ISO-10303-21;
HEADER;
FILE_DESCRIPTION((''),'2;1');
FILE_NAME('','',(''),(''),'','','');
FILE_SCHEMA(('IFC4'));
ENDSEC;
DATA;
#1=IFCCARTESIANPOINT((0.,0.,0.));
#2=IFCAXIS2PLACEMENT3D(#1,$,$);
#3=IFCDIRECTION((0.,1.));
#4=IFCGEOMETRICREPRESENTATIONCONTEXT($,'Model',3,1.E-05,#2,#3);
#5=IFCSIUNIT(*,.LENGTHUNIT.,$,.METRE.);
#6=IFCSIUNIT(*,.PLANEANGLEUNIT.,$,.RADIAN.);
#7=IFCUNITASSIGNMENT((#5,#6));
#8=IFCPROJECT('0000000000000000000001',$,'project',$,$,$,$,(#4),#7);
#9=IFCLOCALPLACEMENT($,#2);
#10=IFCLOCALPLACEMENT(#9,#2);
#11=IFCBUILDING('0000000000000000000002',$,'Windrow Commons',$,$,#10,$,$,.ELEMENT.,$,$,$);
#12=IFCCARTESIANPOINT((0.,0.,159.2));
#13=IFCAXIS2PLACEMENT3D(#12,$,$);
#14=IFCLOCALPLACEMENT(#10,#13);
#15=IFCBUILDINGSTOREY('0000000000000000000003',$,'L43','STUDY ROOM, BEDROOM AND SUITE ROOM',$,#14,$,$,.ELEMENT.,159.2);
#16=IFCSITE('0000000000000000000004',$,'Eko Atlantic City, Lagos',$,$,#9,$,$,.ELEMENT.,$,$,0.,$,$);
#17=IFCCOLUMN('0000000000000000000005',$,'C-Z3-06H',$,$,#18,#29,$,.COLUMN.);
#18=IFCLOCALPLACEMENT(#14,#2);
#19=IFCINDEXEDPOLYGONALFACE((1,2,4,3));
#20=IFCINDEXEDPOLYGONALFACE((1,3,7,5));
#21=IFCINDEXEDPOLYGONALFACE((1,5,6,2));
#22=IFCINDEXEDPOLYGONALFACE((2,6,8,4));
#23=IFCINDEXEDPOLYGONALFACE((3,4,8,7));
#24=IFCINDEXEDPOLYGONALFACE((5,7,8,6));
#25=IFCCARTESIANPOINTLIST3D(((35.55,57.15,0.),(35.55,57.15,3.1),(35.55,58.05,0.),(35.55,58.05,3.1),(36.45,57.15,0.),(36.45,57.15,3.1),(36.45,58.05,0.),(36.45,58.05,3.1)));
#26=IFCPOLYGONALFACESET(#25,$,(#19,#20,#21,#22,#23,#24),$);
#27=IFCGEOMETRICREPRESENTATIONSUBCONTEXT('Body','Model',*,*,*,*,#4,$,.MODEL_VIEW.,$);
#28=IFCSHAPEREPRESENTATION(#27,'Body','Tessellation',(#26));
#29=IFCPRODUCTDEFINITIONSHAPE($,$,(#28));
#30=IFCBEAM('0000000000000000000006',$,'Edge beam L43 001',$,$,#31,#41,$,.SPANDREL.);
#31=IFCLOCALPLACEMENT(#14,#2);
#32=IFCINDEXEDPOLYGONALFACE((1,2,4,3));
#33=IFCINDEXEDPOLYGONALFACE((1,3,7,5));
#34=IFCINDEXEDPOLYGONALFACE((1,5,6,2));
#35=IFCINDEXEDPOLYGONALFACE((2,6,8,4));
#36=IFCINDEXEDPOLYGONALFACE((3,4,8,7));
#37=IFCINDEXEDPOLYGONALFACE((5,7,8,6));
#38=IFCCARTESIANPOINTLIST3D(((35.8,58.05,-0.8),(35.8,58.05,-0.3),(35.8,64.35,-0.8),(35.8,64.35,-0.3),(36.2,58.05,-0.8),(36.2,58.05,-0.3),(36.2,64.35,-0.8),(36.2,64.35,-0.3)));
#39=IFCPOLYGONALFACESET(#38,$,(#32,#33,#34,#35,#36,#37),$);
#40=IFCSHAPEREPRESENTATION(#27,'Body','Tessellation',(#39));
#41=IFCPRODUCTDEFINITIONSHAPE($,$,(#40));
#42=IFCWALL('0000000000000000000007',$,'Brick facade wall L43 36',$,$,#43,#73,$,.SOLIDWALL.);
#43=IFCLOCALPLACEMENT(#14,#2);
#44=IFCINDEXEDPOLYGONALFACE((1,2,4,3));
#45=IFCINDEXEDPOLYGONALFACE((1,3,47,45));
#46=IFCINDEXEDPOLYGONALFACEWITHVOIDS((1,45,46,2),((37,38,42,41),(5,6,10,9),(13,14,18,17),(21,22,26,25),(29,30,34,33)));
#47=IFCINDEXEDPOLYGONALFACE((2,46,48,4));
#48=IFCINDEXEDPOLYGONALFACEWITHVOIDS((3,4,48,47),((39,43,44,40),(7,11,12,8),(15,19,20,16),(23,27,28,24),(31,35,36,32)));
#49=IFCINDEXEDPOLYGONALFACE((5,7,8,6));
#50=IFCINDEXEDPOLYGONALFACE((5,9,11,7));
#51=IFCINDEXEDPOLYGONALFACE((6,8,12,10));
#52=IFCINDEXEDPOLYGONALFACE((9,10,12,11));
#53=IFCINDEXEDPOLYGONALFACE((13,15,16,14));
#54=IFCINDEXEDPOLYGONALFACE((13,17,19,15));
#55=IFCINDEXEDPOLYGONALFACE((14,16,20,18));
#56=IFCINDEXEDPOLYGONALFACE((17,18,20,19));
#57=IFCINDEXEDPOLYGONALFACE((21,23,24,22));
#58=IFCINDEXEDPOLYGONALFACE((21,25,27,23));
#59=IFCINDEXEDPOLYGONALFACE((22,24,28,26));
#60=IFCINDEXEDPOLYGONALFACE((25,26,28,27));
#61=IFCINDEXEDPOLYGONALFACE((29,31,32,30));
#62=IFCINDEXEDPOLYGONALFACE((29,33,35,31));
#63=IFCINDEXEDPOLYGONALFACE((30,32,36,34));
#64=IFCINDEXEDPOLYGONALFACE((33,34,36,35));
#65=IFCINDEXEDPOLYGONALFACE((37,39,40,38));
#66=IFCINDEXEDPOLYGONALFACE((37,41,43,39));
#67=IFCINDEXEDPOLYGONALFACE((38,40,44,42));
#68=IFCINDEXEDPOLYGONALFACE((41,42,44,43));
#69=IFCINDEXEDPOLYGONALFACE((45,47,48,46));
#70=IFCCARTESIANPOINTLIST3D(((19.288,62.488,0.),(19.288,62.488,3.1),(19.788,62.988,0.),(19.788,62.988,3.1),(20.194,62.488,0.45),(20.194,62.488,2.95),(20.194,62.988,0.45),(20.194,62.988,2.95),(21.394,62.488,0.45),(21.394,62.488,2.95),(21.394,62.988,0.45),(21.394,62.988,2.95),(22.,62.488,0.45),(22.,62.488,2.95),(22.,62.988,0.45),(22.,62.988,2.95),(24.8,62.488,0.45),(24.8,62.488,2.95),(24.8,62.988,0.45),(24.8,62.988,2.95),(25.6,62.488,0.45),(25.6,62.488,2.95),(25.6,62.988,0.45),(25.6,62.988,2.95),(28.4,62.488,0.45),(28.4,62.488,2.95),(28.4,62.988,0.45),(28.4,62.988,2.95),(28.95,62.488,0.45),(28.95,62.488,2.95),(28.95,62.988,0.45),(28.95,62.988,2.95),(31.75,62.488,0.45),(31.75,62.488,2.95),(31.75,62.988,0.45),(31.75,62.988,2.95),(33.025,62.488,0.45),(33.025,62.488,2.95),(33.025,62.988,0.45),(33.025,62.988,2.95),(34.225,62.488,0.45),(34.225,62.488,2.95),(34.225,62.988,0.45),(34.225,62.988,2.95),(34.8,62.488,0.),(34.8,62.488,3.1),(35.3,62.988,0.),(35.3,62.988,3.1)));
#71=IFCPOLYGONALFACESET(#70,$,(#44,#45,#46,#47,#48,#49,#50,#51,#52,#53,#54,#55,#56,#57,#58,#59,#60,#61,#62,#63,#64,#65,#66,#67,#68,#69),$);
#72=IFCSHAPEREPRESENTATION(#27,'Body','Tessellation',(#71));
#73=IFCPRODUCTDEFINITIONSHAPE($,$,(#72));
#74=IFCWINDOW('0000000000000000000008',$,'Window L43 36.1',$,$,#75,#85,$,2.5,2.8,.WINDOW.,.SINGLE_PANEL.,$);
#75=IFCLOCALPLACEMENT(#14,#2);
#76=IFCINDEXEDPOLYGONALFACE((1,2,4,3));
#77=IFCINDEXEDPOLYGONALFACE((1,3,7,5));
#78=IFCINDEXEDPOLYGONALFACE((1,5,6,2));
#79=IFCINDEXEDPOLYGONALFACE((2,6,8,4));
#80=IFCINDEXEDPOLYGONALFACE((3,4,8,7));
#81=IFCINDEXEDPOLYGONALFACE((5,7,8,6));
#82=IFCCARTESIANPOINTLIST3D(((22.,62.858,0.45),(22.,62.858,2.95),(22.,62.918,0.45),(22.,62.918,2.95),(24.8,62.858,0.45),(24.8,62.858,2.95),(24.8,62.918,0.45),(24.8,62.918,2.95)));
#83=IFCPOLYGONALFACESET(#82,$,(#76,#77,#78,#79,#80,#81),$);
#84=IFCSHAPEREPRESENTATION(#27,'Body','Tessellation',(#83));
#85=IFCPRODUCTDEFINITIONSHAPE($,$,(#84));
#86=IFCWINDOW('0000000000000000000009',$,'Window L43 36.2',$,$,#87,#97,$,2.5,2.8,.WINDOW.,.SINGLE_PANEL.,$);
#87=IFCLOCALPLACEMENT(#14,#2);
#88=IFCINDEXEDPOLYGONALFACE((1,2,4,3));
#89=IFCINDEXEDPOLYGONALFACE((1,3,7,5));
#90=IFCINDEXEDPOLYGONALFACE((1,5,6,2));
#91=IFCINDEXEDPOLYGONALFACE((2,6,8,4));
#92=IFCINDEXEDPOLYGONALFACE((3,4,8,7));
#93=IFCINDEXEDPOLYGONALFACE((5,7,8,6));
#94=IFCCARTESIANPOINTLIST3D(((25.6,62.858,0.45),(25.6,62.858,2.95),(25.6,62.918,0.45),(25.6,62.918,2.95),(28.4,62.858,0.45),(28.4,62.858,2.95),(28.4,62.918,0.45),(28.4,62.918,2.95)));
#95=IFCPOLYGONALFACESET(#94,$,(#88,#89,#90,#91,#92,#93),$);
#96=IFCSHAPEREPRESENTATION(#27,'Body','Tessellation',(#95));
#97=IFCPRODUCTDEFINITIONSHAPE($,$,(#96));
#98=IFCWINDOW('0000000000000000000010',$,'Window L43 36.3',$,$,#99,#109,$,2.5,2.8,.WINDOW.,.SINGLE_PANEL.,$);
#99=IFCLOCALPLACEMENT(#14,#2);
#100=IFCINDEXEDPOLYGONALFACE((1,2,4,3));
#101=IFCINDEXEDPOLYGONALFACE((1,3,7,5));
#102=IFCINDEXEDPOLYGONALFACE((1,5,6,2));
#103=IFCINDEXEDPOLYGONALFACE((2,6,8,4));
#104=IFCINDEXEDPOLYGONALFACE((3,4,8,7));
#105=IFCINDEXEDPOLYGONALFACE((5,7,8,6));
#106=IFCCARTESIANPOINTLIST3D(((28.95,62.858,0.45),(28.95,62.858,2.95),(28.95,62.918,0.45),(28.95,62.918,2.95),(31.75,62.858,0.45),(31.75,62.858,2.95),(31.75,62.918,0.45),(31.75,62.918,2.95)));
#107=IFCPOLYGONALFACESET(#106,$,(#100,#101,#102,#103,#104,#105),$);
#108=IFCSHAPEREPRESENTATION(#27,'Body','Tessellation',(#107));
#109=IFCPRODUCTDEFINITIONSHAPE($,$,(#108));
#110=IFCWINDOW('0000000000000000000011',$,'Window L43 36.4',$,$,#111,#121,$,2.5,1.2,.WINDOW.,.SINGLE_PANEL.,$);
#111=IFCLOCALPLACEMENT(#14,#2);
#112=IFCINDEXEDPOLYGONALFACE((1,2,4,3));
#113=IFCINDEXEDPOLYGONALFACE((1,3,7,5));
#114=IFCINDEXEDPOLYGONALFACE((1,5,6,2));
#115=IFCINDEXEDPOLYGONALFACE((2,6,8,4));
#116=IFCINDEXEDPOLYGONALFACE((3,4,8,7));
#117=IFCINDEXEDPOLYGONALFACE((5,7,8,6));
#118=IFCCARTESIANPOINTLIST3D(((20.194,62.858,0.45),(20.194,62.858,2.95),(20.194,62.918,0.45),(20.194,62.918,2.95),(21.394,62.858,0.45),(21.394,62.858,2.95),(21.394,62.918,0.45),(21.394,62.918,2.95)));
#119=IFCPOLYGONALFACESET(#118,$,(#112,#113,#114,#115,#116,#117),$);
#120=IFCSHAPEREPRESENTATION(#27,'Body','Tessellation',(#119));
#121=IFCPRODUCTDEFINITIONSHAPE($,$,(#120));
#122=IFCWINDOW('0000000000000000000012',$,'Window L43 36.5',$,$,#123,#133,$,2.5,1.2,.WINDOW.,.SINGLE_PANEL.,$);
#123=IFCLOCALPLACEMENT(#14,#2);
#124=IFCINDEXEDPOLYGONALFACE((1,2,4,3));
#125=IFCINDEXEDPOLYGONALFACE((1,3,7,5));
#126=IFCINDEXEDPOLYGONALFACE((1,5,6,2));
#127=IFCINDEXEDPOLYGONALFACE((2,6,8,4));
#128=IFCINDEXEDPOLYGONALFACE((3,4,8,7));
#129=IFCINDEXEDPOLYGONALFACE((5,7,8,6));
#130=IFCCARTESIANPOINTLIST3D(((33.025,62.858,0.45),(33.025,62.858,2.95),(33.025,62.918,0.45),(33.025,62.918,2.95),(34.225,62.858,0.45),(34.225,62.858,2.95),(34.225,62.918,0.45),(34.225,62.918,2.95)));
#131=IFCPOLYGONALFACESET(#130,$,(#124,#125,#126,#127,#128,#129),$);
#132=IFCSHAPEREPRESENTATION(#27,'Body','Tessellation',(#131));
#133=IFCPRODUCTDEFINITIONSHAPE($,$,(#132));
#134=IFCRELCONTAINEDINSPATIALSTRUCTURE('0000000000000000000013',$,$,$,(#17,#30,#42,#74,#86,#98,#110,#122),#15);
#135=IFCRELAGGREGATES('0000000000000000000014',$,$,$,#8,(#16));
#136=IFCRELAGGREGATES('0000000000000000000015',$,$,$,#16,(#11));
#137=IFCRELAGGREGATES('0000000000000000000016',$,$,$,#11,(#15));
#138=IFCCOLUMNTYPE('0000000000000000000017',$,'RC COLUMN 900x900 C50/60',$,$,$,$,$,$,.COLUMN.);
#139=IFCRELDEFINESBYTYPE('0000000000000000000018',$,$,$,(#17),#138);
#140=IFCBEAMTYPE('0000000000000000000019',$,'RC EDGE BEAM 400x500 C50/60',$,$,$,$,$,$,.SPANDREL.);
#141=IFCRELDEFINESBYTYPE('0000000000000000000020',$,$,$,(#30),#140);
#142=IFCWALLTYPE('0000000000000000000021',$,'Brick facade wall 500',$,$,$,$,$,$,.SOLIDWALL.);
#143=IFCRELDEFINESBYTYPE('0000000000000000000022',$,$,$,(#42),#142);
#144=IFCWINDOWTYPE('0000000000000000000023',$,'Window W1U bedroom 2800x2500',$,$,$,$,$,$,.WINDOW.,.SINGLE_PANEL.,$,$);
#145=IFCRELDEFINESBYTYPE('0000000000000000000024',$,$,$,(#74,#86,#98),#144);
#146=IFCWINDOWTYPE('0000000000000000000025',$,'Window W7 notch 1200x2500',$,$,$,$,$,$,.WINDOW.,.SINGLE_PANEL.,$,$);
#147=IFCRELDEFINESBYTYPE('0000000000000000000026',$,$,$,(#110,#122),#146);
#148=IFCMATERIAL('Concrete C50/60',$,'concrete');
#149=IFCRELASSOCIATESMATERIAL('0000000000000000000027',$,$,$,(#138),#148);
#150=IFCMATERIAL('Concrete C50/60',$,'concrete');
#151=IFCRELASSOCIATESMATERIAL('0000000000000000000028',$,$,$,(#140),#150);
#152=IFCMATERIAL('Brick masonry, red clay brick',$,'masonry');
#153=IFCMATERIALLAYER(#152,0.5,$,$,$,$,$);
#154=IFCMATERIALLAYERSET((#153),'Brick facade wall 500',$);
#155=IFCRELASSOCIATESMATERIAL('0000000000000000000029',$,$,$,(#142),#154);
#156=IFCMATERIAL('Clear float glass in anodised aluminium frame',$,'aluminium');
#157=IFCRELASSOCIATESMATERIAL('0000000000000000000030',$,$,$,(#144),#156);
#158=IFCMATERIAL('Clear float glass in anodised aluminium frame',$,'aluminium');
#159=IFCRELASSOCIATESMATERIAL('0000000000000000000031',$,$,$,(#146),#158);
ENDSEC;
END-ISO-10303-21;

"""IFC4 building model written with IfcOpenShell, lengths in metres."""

from ifc_helpers import new_model, si_unit, direction, frame, frame_2d, origin, origin_2d, place, context, subcontext, project, spatial, polyline, rectangle, outline, extrude, material, layer, layer_set, material_profile, profile_set, type_object, element, fill, save


model = new_model("IFC4")

# Units and contexts
model_context = context("Model", 3, precision=1e-05, world=origin(), true_north=direction((0.0, 1.0)))
body_context = subcontext(model_context, "Body", "Model", "MODEL_VIEW")
ifc_project = project(units=[si_unit("LENGTHUNIT", "METRE"), si_unit("PLANEANGLEUNIT", "RADIAN")], contexts=[model_context])

# Site, building, storey
site_placement = place(None, origin())
site = spatial("IfcSite", under=ifc_project, at=site_placement, Name="Eko Atlantic City, Lagos", CompositionType="ELEMENT", RefElevation=0.0)
building_placement = place(site_placement, origin())
building = spatial("IfcBuilding", under=site, at=building_placement, Name="Windrow Commons", CompositionType="ELEMENT")
storey_placement = place(building_placement, frame((0.0, 0.0, 159.2)))
storey = spatial("IfcBuildingStorey", under=building, at=storey_placement, Name="L43", Description="STUDY ROOM, BEDROOM AND SUITE ROOM", CompositionType="ELEMENT", Elevation=159.2)

# Column
ifc_material_1 = material(Name="Concrete C50/60", Category="concrete")
ifc_material_profile_1 = material_profile(ifc_material_1, rectangle(XDim=0.9, YDim=0.9, at=origin_2d()))
ifc_profile_set_1 = profile_set([ifc_material_profile_1], Name="Concrete C50/60")
column_type = type_object("IfcColumnType", Name="RC COLUMN 900x900 C50/60", PredefinedType="COLUMN", material=ifc_profile_set_1)
column_placement = place(storey_placement, frame((36.0, 57.6, 0.0), z_axis=(0.0, 0.0, 1.0), x_axis=(1.0, 0.0, 0.0)))
element("IfcColumn", 1, at=column_placement, inside=storey, type_object=column_type, Name="C-Z3-06H", PredefinedType="COLUMN", context=body_context, shape_type="SweptSolid", body=[
    extrude(rectangle(XDim=0.9, YDim=0.9, at=origin_2d()), origin(), (0.0, 0.0, 1.0), 3.1),
])

# Beam
ifc_material_2 = material(Name="Concrete C50/60", Category="concrete")
ifc_material_profile_2 = material_profile(ifc_material_2, rectangle(XDim=0.4, YDim=0.5, at=origin_2d()))
ifc_profile_set_2 = profile_set([ifc_material_profile_2], Name="Concrete C50/60")
beam_type = type_object("IfcBeamType", Name="RC EDGE BEAM 400x500 C50/60", PredefinedType="SPANDREL", material=ifc_profile_set_2)
beam_placement = place(storey_placement, frame((36.0, 58.05, -0.55), z_axis=(0.0, 1.0, 0.0), x_axis=(-1.0, 0.0, 0.0)))
element("IfcBeam", 2, at=beam_placement, inside=storey, type_object=beam_type, Name="Edge beam L43 001", PredefinedType="SPANDREL", context=body_context, shape_type="SweptSolid", body=[
    extrude(rectangle(XDim=0.4, YDim=0.5, at=origin_2d()), origin(), (0.0, 0.0, 1.0), 6.3),
])

# Wall, openings, windows
ifc_material_3 = material(Name="Brick masonry, red clay brick", Category="masonry")
ifc_layer_1 = layer(ifc_material_3, 0.5)
ifc_layer_set_1 = layer_set([ifc_layer_1], Name="Brick facade wall 500")
wall_type_1 = type_object("IfcWallType", Name="Brick facade wall 500", PredefinedType="SOLIDWALL", material=ifc_layer_set_1)
wall_1_placement = place(storey_placement, frame((19.538, 62.738, 0.0), z_axis=(0.0, 0.0, 1.0), x_axis=(1.0, 0.0, 0.0)))
wall_1 = element("IfcWall", 3, at=wall_1_placement, inside=storey, type_object=wall_type_1, Name="Brick facade wall L43 36", PredefinedType="SOLIDWALL", context=body_context, shape_type="SweptSolid", body=[
    extrude(outline(polyline([(-0.25, -0.25), (15.262, -0.25), (15.762, 0.25), (0.25, 0.25), (-0.25, -0.25)])), origin(), (0.0, 0.0, 1.0), 3.1),
])
opening_1_placement = place(wall_1_placement, frame((2.462, 0.0, 0.45)))
opening_1 = element("IfcOpeningElement", 4, at=opening_1_placement, cuts=wall_1, PredefinedType="OPENING", context=body_context, shape_type="SweptSolid", body=[
    extrude(rectangle(XDim=2.8, YDim=2.5, at=frame_2d((1.4, 1.25))), frame((0.0, 0.26, 0.0), z_axis=(0.0, -1.0, 0.0), x_axis=(1.0, 0.0, 0.0)), (0.0, 0.0, 1.0), 0.52),
])
opening_2_placement = place(wall_1_placement, frame((6.062, 0.0, 0.45)))
opening_2 = element("IfcOpeningElement", 5, at=opening_2_placement, cuts=wall_1, PredefinedType="OPENING", context=body_context, shape_type="SweptSolid", body=[
    extrude(rectangle(XDim=2.8, YDim=2.5, at=frame_2d((1.4, 1.25))), frame((0.0, 0.26, 0.0), z_axis=(0.0, -1.0, 0.0), x_axis=(1.0, 0.0, 0.0)), (0.0, 0.0, 1.0), 0.52),
])
opening_3_placement = place(wall_1_placement, frame((9.412, 0.0, 0.45)))
opening_3 = element("IfcOpeningElement", 6, at=opening_3_placement, cuts=wall_1, PredefinedType="OPENING", context=body_context, shape_type="SweptSolid", body=[
    extrude(rectangle(XDim=2.8, YDim=2.5, at=frame_2d((1.4, 1.25))), frame((0.0, 0.26, 0.0), z_axis=(0.0, -1.0, 0.0), x_axis=(1.0, 0.0, 0.0)), (0.0, 0.0, 1.0), 0.52),
])
opening_4_placement = place(wall_1_placement, frame((0.656, 0.0, 0.45)))
opening_4 = element("IfcOpeningElement", 7, at=opening_4_placement, cuts=wall_1, PredefinedType="OPENING", context=body_context, shape_type="SweptSolid", body=[
    extrude(rectangle(XDim=1.2, YDim=2.5, at=frame_2d((0.6, 1.25))), frame((0.0, 0.26, 0.0), z_axis=(0.0, -1.0, 0.0), x_axis=(1.0, 0.0, 0.0)), (0.0, 0.0, 1.0), 0.52),
])
opening_5_placement = place(wall_1_placement, frame((13.487, 0.0, 0.45)))
opening_5 = element("IfcOpeningElement", 8, at=opening_5_placement, cuts=wall_1, PredefinedType="OPENING", context=body_context, shape_type="SweptSolid", body=[
    extrude(rectangle(XDim=1.2, YDim=2.5, at=frame_2d((0.6, 1.25))), frame((0.0, 0.26, 0.0), z_axis=(0.0, -1.0, 0.0), x_axis=(1.0, 0.0, 0.0)), (0.0, 0.0, 1.0), 0.52),
])
ifc_material_4 = material(Name="Clear float glass in anodised aluminium frame", Category="aluminium")
window_type_1 = type_object("IfcWindowType", Name="Window W1U bedroom 2800x2500", PartitioningType="SINGLE_PANEL", PredefinedType="WINDOW", material=ifc_material_4)
window_1_placement = place(opening_1_placement, origin())
window_1 = element("IfcWindow", 9, at=window_1_placement, inside=storey, type_object=window_type_1, Name="Window L43 36.1", OverallHeight=2.5, OverallWidth=2.8, PartitioningType="SINGLE_PANEL", PredefinedType="WINDOW", context=body_context, shape_type="SweptSolid", body=[
    extrude(rectangle(XDim=2.8, YDim=2.5, at=frame_2d((1.4, 1.25))), frame((0.0, 0.18, 0.0), z_axis=(0.0, -1.0, 0.0), x_axis=(1.0, 0.0, 0.0)), (0.0, 0.0, 1.0), 0.06),
])
fill(opening_1, window_1)
window_2_placement = place(opening_2_placement, origin())
window_2 = element("IfcWindow", 10, at=window_2_placement, inside=storey, type_object=window_type_1, Name="Window L43 36.2", OverallHeight=2.5, OverallWidth=2.8, PartitioningType="SINGLE_PANEL", PredefinedType="WINDOW", context=body_context, shape_type="SweptSolid", body=[
    extrude(rectangle(XDim=2.8, YDim=2.5, at=frame_2d((1.4, 1.25))), frame((0.0, 0.18, 0.0), z_axis=(0.0, -1.0, 0.0), x_axis=(1.0, 0.0, 0.0)), (0.0, 0.0, 1.0), 0.06),
])
fill(opening_2, window_2)
window_3_placement = place(opening_3_placement, origin())
window_3 = element("IfcWindow", 11, at=window_3_placement, inside=storey, type_object=window_type_1, Name="Window L43 36.3", OverallHeight=2.5, OverallWidth=2.8, PartitioningType="SINGLE_PANEL", PredefinedType="WINDOW", context=body_context, shape_type="SweptSolid", body=[
    extrude(rectangle(XDim=2.8, YDim=2.5, at=frame_2d((1.4, 1.25))), frame((0.0, 0.18, 0.0), z_axis=(0.0, -1.0, 0.0), x_axis=(1.0, 0.0, 0.0)), (0.0, 0.0, 1.0), 0.06),
])
fill(opening_3, window_3)
ifc_material_5 = material(Name="Clear float glass in anodised aluminium frame", Category="aluminium")
window_type_2 = type_object("IfcWindowType", Name="Window W7 notch 1200x2500", PartitioningType="SINGLE_PANEL", PredefinedType="WINDOW", material=ifc_material_5)
window_4_placement = place(opening_4_placement, origin())
window_4 = element("IfcWindow", 12, at=window_4_placement, inside=storey, type_object=window_type_2, Name="Window L43 36.4", OverallHeight=2.5, OverallWidth=1.2, PartitioningType="SINGLE_PANEL", PredefinedType="WINDOW", context=body_context, shape_type="SweptSolid", body=[
    extrude(rectangle(XDim=1.2, YDim=2.5, at=frame_2d((0.6, 1.25))), frame((0.0, 0.18, 0.0), z_axis=(0.0, -1.0, 0.0), x_axis=(1.0, 0.0, 0.0)), (0.0, 0.0, 1.0), 0.06),
])
fill(opening_4, window_4)
window_5_placement = place(opening_5_placement, origin())
window_5 = element("IfcWindow", 13, at=window_5_placement, inside=storey, type_object=window_type_2, Name="Window L43 36.5", OverallHeight=2.5, OverallWidth=1.2, PartitioningType="SINGLE_PANEL", PredefinedType="WINDOW", context=body_context, shape_type="SweptSolid", body=[
    extrude(rectangle(XDim=1.2, YDim=2.5, at=frame_2d((0.6, 1.25))), frame((0.0, 0.18, 0.0), z_axis=(0.0, -1.0, 0.0), x_axis=(1.0, 0.0, 0.0)), (0.0, 0.0, 1.0), 0.06),
])
fill(opening_5, window_5)

save(model, "model.ifc")
